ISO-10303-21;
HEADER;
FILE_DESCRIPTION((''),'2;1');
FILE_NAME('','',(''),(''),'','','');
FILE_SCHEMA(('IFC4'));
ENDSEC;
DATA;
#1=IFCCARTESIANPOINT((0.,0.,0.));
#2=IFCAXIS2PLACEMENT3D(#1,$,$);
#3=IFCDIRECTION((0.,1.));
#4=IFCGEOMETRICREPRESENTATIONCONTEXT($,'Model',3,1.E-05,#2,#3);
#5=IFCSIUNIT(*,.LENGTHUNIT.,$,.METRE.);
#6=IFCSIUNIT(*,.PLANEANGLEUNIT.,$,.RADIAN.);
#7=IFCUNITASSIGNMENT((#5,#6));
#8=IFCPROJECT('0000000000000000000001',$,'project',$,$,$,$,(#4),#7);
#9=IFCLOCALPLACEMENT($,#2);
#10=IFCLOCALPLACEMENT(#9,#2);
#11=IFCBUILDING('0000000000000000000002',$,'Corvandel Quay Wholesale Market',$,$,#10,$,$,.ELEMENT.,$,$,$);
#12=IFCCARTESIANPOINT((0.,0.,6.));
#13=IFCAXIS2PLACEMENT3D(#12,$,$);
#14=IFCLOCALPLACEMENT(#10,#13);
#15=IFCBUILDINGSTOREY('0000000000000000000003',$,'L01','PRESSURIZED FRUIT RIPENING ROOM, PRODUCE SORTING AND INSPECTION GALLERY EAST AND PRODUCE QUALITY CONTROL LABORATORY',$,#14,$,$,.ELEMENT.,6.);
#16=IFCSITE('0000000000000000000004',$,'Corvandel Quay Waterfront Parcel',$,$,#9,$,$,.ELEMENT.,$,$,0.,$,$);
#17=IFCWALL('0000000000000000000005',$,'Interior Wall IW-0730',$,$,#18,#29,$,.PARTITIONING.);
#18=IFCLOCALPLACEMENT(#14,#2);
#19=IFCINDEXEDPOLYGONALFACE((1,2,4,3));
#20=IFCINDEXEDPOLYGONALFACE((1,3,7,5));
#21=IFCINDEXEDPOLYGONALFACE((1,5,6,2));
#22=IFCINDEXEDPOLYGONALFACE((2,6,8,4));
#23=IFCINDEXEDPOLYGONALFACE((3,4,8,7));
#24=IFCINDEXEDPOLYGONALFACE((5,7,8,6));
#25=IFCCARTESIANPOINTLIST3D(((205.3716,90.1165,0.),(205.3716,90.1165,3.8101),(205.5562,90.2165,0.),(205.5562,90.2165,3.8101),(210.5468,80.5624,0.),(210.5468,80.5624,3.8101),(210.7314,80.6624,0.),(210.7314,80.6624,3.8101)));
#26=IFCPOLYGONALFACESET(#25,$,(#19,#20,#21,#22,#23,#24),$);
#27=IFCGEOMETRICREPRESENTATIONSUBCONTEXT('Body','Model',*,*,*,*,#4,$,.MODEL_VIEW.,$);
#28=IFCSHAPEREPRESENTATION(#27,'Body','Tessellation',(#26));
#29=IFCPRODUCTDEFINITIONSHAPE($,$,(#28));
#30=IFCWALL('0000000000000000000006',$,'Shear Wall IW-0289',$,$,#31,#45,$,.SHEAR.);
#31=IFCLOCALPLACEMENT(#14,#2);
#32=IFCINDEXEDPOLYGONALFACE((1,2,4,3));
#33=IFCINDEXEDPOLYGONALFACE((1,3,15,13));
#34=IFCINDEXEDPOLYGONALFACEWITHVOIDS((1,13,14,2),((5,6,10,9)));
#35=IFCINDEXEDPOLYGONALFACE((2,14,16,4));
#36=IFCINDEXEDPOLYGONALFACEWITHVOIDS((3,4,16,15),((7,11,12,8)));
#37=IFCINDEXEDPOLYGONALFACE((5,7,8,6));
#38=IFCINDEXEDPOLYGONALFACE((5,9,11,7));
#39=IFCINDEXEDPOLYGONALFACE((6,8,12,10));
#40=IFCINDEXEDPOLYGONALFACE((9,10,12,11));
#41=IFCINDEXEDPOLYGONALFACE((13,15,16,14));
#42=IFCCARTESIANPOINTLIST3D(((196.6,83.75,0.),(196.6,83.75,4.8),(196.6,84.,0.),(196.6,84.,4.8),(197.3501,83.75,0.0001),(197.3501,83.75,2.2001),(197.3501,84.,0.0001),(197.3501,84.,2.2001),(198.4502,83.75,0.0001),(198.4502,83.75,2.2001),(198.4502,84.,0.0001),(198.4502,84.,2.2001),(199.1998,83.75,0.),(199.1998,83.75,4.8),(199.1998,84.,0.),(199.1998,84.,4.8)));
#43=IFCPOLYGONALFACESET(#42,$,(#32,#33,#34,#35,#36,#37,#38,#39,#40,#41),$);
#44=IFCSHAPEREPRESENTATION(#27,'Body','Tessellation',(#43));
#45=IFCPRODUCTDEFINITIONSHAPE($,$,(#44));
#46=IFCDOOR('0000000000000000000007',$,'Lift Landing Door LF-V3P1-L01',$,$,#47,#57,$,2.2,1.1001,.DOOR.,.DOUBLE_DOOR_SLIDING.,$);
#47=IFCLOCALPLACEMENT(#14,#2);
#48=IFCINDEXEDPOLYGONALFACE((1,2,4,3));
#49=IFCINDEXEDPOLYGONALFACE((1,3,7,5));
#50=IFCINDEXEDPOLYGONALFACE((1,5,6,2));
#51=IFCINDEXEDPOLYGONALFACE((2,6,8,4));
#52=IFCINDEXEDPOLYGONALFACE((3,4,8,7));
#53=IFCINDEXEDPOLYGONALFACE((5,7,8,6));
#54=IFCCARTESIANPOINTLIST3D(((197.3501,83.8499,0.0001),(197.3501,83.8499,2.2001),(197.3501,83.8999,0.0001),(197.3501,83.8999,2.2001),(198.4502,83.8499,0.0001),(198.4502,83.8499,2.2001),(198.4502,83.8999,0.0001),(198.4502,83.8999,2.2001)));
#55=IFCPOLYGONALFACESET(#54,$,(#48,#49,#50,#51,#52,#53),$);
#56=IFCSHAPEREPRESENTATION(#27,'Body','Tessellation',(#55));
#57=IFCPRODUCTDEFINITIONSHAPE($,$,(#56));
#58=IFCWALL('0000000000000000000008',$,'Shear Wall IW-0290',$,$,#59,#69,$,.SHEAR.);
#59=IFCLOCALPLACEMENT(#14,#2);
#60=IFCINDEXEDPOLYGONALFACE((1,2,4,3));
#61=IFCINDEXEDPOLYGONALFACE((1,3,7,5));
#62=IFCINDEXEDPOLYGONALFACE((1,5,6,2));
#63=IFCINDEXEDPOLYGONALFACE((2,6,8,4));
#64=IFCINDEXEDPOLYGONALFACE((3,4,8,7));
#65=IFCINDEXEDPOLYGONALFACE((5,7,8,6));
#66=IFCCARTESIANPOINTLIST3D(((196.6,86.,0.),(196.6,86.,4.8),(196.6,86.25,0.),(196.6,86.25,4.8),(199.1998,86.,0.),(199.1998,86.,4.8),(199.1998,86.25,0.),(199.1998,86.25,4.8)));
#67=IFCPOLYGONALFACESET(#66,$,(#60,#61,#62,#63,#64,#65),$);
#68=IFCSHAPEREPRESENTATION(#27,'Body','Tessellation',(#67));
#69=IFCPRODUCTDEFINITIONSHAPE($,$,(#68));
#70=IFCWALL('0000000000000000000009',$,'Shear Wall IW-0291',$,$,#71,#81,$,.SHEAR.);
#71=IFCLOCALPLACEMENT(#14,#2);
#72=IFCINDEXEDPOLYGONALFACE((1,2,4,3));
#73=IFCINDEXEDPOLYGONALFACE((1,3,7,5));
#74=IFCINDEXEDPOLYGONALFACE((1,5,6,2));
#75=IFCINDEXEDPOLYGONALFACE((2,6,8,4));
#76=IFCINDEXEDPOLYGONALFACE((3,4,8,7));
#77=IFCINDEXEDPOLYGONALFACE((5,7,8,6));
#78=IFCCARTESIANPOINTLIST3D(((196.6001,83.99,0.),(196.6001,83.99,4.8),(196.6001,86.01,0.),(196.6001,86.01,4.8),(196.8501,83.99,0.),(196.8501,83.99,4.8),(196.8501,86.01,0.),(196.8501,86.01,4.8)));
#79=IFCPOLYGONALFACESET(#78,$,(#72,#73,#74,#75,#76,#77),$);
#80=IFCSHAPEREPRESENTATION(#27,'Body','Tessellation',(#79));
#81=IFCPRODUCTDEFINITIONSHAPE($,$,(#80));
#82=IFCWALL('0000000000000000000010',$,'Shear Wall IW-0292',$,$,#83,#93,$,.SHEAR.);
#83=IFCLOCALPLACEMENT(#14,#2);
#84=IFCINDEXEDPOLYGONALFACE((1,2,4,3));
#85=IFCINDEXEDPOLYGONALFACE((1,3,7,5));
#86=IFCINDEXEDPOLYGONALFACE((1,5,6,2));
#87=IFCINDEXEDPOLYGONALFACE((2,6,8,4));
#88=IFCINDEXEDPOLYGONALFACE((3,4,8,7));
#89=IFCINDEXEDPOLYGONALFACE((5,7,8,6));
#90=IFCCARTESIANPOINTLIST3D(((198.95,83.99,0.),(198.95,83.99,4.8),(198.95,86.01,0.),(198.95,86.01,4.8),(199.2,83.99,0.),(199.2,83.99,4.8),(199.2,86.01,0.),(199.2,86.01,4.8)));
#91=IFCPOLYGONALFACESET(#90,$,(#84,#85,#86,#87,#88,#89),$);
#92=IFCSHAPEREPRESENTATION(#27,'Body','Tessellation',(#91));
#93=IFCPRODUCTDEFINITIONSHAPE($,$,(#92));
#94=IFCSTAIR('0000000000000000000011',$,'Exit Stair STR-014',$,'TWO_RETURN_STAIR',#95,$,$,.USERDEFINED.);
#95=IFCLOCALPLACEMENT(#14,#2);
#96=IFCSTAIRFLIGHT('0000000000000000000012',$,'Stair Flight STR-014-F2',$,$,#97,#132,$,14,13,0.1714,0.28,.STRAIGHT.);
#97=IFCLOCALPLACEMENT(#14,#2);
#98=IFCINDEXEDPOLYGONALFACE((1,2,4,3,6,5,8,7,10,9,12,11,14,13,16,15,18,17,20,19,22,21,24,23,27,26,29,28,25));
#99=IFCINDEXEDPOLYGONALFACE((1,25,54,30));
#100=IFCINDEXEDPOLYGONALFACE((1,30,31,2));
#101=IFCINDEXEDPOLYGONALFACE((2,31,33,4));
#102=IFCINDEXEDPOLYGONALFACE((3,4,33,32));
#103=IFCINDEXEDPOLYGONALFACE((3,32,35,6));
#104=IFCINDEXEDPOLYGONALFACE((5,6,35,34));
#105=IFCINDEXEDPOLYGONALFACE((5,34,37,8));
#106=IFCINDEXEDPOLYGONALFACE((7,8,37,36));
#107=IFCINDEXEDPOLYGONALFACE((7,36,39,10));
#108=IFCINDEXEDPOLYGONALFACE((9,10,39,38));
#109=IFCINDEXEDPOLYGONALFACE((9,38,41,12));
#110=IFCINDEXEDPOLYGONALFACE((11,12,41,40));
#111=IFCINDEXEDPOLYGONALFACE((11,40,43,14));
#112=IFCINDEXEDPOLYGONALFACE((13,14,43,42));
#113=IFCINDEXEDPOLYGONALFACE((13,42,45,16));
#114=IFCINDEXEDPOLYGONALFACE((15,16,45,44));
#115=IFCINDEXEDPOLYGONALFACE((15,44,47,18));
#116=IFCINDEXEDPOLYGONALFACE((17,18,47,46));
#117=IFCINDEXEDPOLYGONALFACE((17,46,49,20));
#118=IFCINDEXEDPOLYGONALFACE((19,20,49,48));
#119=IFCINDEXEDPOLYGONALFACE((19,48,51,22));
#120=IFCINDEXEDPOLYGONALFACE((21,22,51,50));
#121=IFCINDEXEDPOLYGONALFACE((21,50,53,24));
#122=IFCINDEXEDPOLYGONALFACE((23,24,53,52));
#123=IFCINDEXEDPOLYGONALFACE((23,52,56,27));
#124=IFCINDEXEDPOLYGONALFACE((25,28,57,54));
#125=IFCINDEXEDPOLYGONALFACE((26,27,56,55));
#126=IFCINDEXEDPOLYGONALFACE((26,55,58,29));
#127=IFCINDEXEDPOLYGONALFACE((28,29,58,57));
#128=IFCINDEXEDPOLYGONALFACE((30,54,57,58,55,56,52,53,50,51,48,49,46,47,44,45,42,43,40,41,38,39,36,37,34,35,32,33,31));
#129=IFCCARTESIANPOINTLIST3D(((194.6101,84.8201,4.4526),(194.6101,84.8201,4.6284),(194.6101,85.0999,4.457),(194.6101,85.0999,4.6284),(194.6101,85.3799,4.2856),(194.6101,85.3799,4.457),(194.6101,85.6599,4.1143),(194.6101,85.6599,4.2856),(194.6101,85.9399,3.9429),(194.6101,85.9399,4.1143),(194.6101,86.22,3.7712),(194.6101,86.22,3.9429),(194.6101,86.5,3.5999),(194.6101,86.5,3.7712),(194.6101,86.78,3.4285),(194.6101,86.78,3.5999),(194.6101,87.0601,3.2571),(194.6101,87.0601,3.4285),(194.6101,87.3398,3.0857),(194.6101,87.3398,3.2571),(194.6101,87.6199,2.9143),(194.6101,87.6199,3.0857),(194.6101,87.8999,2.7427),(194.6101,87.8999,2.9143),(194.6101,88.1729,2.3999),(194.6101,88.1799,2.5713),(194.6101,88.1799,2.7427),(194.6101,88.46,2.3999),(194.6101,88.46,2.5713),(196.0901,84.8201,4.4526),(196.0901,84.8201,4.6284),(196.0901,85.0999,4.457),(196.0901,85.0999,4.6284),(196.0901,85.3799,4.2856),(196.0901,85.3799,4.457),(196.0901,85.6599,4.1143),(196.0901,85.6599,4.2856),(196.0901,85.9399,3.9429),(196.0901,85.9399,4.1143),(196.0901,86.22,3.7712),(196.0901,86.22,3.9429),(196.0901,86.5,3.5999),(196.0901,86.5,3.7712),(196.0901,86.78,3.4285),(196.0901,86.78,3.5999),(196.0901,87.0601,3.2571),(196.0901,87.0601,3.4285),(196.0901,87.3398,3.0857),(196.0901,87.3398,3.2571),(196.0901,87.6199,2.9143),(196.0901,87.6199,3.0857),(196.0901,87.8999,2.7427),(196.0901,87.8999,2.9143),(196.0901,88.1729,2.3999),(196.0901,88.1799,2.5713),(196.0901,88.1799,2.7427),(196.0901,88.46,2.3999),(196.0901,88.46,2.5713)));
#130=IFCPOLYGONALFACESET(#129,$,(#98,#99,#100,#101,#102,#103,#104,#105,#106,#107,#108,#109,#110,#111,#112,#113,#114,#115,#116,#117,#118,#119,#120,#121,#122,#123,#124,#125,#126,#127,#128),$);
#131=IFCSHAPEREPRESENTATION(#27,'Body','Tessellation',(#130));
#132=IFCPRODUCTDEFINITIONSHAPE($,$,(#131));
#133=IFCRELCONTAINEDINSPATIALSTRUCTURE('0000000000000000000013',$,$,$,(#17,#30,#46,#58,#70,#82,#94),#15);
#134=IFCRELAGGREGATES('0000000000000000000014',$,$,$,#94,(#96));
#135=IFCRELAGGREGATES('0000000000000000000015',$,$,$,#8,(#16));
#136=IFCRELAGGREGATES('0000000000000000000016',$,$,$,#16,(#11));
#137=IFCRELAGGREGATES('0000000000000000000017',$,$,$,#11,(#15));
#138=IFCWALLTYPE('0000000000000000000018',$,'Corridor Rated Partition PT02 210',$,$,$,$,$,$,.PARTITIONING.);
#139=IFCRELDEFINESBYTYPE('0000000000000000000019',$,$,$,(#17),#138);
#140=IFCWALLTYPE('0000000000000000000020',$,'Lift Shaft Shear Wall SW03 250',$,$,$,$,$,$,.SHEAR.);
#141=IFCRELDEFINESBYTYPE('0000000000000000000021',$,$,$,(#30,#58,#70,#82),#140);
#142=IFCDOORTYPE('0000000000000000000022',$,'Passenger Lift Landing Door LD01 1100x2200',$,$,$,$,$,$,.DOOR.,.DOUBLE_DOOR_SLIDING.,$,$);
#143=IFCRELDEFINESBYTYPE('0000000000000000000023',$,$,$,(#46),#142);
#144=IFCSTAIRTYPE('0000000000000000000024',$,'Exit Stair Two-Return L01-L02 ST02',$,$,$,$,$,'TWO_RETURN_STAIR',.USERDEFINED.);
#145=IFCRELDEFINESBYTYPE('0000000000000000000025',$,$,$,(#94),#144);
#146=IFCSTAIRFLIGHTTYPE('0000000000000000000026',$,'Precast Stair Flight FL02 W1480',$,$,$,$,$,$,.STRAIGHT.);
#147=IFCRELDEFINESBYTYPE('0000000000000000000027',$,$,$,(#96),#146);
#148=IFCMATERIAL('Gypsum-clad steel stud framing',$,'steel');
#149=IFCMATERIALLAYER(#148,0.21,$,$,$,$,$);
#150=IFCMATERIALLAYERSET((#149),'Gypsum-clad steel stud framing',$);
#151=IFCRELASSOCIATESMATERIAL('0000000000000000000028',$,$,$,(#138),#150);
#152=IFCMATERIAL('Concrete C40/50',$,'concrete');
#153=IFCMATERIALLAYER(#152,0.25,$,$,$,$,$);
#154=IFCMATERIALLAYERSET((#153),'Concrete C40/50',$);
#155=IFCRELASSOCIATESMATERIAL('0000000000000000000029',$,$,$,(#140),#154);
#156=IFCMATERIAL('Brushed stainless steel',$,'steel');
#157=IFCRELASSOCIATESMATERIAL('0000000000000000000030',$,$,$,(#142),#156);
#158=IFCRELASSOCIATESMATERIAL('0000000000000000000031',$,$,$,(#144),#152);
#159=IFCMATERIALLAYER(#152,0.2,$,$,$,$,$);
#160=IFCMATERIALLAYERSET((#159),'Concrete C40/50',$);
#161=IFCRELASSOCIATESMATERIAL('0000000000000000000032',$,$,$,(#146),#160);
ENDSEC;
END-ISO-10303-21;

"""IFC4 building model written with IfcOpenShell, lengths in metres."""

from ifc_helpers import new_model, si_unit, direction, frame, frame_2d, origin, place, context, subcontext, project, spatial, polyline, rectangle, outline, extrude, material, layer, layer_set, type_object, element, fill, aggregate, save


model = new_model("IFC4")

# Units and contexts
model_context = context("Model", 3, precision=1e-05, world=origin(), true_north=direction((0.0, 1.0)))
body_context = subcontext(model_context, "Body", "Model", "MODEL_VIEW")
ifc_project = project(units=[si_unit("LENGTHUNIT", "METRE"), si_unit("PLANEANGLEUNIT", "RADIAN")], contexts=[model_context])

# Site, building, storey
site_placement = place(None, origin())
site = spatial("IfcSite", under=ifc_project, at=site_placement, Name="Corvandel Quay Waterfront Parcel", CompositionType="ELEMENT", RefElevation=0.0)
building_placement = place(site_placement, origin())
building = spatial("IfcBuilding", under=site, at=building_placement, Name="Corvandel Quay Wholesale Market", CompositionType="ELEMENT")
storey_placement = place(building_placement, frame((0.0, 0.0, 6.0)))
storey = spatial("IfcBuildingStorey", under=building, at=storey_placement, Name="L01", Description="PRESSURIZED FRUIT RIPENING ROOM, PRODUCE SORTING AND INSPECTION GALLERY EAST AND PRODUCE QUALITY CONTROL LABORATORY", CompositionType="ELEMENT", Elevation=6.0)

# Shared definitions
ifc_material_1 = material(Name="Concrete C40/50", Category="concrete")

# Wall
ifc_material_2 = material(Name="Gypsum-clad steel stud framing", Category="steel")
ifc_layer_1 = layer(ifc_material_2, 0.21)
ifc_layer_set_1 = layer_set([ifc_layer_1], Name="Gypsum-clad steel stud framing")
wall_type_1 = type_object("IfcWallType", Name="Corridor Rated Partition PT02 210", PredefinedType="PARTITIONING", material=ifc_layer_set_1)
wall_1_placement = place(storey_placement, frame((205.4639, 90.1665, 0.0), z_axis=(0.0, 0.0, 1.0), x_axis=(0.47629, -0.879288, 0.0)))
element("IfcWall", 1, at=wall_1_placement, inside=storey, type_object=wall_type_1, Name="Interior Wall IW-0730", PredefinedType="PARTITIONING", context=body_context, shape_type="SweptSolid", body=[
    extrude(rectangle(XDim=10.8657, YDim=0.21, at=frame_2d((5.4329, 0.0))), origin(), (0.0, 0.0, 1.0), 3.8101),
])

# Wall, opening, door
ifc_layer_2 = layer(ifc_material_1, 0.25)
ifc_layer_set_2 = layer_set([ifc_layer_2], Name="Concrete C40/50")
wall_type_2 = type_object("IfcWallType", Name="Lift Shaft Shear Wall SW03 250", PredefinedType="SHEAR", material=ifc_layer_set_2)
wall_2_placement = place(storey_placement, frame((196.6001, 83.875, 0.0), z_axis=(0.0, 0.0, 1.0), x_axis=(1.0, 0.0, 0.0)))
wall_2 = element("IfcWall", 2, at=wall_2_placement, inside=storey, type_object=wall_type_2, Name="Shear Wall IW-0289", PredefinedType="SHEAR", context=body_context, shape_type="SweptSolid", body=[
    extrude(rectangle(XDim=2.5999, YDim=0.25, at=frame_2d((1.2998, 0.0))), origin(), (0.0, 0.0, 1.0), 4.8),
])
opening_placement = place(wall_2_placement, frame((0.75, 0.0, 0.0)))
opening = element("IfcOpeningElement", 3, at=opening_placement, cuts=wall_2, PredefinedType="OPENING", context=body_context, shape_type="SweptSolid", body=[
    extrude(rectangle(XDim=1.1001, YDim=2.2, at=frame_2d((0.55, 1.1001))), frame((0.0, 0.135, 0.0), z_axis=(0.0, -1.0, 0.0), x_axis=(1.0, 0.0, 0.0)), (0.0, 0.0, 1.0), 0.27),
])
ifc_material_3 = material(Name="Brushed stainless steel", Category="steel")
door_type = type_object("IfcDoorType", Name="Passenger Lift Landing Door LD01 1100x2200", OperationType="DOUBLE_DOOR_SLIDING", PredefinedType="DOOR", material=ifc_material_3)
door_placement = place(opening_placement, origin())
door = element("IfcDoor", 4, at=door_placement, inside=storey, type_object=door_type, Name="Lift Landing Door LF-V3P1-L01", OperationType="DOUBLE_DOOR_SLIDING", OverallHeight=2.2, OverallWidth=1.1001, PredefinedType="DOOR", context=body_context, shape_type="SweptSolid", body=[
    extrude(rectangle(XDim=1.1001, YDim=2.2, at=frame_2d((0.55, 1.1001))), frame((0.0, 0.0249, 0.0), z_axis=(0.0, -1.0, 0.0), x_axis=(1.0, 0.0, 0.0)), (0.0, 0.0, 1.0), 0.05),
])
fill(opening, door)

# Walls
wall_3_placement = place(storey_placement, frame((196.6001, 86.125, 0.0), z_axis=(0.0, 0.0, 1.0), x_axis=(1.0, 0.0, 0.0)))
element("IfcWall", 5, at=wall_3_placement, inside=storey, type_object=wall_type_2, Name="Shear Wall IW-0290", PredefinedType="SHEAR", context=body_context, shape_type="SweptSolid", body=[
    extrude(rectangle(XDim=2.5999, YDim=0.25, at=frame_2d((1.2998, 0.0))), origin(), (0.0, 0.0, 1.0), 4.8),
])
for number, where, z_axis, x_axis, name in (
    (6, (196.7251, 83.99, 0.0), (0.0, 0.0, 1.0), (0.0, 1.0, 0.0), "Shear Wall IW-0291"),
    (7, (199.075, 83.99, 0.0), (0.0, 0.0, 1.0), (0.0, 1.0, 0.0), "Shear Wall IW-0292"),
):
    element("IfcWall", number, at=place(storey_placement, frame(where, z_axis=z_axis, x_axis=x_axis)), inside=storey, type_object=wall_type_2, Name=name, PredefinedType="SHEAR", context=body_context, shape_type="SweptSolid", body=[
        extrude(rectangle(XDim=2.02, YDim=0.25, at=frame_2d((1.01, 0.0))), origin(), (0.0, 0.0, 1.0), 4.8),
    ])

# Stair, stair flight
stair_type = type_object("IfcStairType", Name="Exit Stair Two-Return L01-L02 ST02", ElementType="TWO_RETURN_STAIR", PredefinedType="USERDEFINED", material=ifc_material_1)
stair_placement = place(storey_placement, origin())
stair = element("IfcStair", 8, at=stair_placement, inside=storey, type_object=stair_type, Name="Exit Stair STR-014", ObjectType="TWO_RETURN_STAIR", PredefinedType="USERDEFINED")
ifc_layer_3 = layer(ifc_material_1, 0.2)
ifc_layer_set_3 = layer_set([ifc_layer_3], Name="Concrete C40/50")
stair_flight_type = type_object("IfcStairFlightType", Name="Precast Stair Flight FL02 W1480", PredefinedType="STRAIGHT", material=ifc_layer_set_3)
stair_flight_placement = place(storey_placement, frame((195.3501, 88.46, 2.3999), z_axis=(0.0, 0.0, 1.0), x_axis=(0.0, -1.0, 0.0)))
stair_flight = element("IfcStairFlight", 9, at=stair_flight_placement, type_object=stair_flight_type, Name="Stair Flight STR-014-F2", NumberOfRisers=14, NumberOfTreads=13, PredefinedType="STRAIGHT", RiserHeight=0.1714, TreadLength=0.28, context=body_context, shape_type="SweptSolid", body=[
    extrude(outline(polyline([(0.0, 0.0), (0.0, 0.1714), (0.28, 0.1714), (0.28, 0.3428), (0.5601, 0.3428), (0.5601, 0.5144), (0.8401, 0.5144), (0.8401, 0.6858), (1.1201, 0.6858), (1.1201, 0.8572), (1.3999, 0.8572), (1.3999, 1.0286), (1.6799, 1.0286), (1.6799, 1.2), (1.96, 1.2), (1.96, 1.3713), (2.24, 1.3713), (2.24, 1.543), (2.52, 1.543), (2.52, 1.7144), (2.8, 1.7144), (2.8, 1.8857), (3.0801, 1.8857), (3.0801, 2.0571), (3.3601, 2.0571), (3.3601, 2.2285), (3.6399, 2.2285), (3.6399, 2.3999), (3.6399, 2.0527), (0.2871, 0.0), (0.0, 0.0)])), frame((0.0, 0.74, 0.0), z_axis=(0.0, -1.0, 0.0), x_axis=(1.0, 0.0, 0.0)), (0.0, 0.0, 1.0), 1.48),
])
aggregate(stair, [stair_flight])

save(model, "model.ifc")
